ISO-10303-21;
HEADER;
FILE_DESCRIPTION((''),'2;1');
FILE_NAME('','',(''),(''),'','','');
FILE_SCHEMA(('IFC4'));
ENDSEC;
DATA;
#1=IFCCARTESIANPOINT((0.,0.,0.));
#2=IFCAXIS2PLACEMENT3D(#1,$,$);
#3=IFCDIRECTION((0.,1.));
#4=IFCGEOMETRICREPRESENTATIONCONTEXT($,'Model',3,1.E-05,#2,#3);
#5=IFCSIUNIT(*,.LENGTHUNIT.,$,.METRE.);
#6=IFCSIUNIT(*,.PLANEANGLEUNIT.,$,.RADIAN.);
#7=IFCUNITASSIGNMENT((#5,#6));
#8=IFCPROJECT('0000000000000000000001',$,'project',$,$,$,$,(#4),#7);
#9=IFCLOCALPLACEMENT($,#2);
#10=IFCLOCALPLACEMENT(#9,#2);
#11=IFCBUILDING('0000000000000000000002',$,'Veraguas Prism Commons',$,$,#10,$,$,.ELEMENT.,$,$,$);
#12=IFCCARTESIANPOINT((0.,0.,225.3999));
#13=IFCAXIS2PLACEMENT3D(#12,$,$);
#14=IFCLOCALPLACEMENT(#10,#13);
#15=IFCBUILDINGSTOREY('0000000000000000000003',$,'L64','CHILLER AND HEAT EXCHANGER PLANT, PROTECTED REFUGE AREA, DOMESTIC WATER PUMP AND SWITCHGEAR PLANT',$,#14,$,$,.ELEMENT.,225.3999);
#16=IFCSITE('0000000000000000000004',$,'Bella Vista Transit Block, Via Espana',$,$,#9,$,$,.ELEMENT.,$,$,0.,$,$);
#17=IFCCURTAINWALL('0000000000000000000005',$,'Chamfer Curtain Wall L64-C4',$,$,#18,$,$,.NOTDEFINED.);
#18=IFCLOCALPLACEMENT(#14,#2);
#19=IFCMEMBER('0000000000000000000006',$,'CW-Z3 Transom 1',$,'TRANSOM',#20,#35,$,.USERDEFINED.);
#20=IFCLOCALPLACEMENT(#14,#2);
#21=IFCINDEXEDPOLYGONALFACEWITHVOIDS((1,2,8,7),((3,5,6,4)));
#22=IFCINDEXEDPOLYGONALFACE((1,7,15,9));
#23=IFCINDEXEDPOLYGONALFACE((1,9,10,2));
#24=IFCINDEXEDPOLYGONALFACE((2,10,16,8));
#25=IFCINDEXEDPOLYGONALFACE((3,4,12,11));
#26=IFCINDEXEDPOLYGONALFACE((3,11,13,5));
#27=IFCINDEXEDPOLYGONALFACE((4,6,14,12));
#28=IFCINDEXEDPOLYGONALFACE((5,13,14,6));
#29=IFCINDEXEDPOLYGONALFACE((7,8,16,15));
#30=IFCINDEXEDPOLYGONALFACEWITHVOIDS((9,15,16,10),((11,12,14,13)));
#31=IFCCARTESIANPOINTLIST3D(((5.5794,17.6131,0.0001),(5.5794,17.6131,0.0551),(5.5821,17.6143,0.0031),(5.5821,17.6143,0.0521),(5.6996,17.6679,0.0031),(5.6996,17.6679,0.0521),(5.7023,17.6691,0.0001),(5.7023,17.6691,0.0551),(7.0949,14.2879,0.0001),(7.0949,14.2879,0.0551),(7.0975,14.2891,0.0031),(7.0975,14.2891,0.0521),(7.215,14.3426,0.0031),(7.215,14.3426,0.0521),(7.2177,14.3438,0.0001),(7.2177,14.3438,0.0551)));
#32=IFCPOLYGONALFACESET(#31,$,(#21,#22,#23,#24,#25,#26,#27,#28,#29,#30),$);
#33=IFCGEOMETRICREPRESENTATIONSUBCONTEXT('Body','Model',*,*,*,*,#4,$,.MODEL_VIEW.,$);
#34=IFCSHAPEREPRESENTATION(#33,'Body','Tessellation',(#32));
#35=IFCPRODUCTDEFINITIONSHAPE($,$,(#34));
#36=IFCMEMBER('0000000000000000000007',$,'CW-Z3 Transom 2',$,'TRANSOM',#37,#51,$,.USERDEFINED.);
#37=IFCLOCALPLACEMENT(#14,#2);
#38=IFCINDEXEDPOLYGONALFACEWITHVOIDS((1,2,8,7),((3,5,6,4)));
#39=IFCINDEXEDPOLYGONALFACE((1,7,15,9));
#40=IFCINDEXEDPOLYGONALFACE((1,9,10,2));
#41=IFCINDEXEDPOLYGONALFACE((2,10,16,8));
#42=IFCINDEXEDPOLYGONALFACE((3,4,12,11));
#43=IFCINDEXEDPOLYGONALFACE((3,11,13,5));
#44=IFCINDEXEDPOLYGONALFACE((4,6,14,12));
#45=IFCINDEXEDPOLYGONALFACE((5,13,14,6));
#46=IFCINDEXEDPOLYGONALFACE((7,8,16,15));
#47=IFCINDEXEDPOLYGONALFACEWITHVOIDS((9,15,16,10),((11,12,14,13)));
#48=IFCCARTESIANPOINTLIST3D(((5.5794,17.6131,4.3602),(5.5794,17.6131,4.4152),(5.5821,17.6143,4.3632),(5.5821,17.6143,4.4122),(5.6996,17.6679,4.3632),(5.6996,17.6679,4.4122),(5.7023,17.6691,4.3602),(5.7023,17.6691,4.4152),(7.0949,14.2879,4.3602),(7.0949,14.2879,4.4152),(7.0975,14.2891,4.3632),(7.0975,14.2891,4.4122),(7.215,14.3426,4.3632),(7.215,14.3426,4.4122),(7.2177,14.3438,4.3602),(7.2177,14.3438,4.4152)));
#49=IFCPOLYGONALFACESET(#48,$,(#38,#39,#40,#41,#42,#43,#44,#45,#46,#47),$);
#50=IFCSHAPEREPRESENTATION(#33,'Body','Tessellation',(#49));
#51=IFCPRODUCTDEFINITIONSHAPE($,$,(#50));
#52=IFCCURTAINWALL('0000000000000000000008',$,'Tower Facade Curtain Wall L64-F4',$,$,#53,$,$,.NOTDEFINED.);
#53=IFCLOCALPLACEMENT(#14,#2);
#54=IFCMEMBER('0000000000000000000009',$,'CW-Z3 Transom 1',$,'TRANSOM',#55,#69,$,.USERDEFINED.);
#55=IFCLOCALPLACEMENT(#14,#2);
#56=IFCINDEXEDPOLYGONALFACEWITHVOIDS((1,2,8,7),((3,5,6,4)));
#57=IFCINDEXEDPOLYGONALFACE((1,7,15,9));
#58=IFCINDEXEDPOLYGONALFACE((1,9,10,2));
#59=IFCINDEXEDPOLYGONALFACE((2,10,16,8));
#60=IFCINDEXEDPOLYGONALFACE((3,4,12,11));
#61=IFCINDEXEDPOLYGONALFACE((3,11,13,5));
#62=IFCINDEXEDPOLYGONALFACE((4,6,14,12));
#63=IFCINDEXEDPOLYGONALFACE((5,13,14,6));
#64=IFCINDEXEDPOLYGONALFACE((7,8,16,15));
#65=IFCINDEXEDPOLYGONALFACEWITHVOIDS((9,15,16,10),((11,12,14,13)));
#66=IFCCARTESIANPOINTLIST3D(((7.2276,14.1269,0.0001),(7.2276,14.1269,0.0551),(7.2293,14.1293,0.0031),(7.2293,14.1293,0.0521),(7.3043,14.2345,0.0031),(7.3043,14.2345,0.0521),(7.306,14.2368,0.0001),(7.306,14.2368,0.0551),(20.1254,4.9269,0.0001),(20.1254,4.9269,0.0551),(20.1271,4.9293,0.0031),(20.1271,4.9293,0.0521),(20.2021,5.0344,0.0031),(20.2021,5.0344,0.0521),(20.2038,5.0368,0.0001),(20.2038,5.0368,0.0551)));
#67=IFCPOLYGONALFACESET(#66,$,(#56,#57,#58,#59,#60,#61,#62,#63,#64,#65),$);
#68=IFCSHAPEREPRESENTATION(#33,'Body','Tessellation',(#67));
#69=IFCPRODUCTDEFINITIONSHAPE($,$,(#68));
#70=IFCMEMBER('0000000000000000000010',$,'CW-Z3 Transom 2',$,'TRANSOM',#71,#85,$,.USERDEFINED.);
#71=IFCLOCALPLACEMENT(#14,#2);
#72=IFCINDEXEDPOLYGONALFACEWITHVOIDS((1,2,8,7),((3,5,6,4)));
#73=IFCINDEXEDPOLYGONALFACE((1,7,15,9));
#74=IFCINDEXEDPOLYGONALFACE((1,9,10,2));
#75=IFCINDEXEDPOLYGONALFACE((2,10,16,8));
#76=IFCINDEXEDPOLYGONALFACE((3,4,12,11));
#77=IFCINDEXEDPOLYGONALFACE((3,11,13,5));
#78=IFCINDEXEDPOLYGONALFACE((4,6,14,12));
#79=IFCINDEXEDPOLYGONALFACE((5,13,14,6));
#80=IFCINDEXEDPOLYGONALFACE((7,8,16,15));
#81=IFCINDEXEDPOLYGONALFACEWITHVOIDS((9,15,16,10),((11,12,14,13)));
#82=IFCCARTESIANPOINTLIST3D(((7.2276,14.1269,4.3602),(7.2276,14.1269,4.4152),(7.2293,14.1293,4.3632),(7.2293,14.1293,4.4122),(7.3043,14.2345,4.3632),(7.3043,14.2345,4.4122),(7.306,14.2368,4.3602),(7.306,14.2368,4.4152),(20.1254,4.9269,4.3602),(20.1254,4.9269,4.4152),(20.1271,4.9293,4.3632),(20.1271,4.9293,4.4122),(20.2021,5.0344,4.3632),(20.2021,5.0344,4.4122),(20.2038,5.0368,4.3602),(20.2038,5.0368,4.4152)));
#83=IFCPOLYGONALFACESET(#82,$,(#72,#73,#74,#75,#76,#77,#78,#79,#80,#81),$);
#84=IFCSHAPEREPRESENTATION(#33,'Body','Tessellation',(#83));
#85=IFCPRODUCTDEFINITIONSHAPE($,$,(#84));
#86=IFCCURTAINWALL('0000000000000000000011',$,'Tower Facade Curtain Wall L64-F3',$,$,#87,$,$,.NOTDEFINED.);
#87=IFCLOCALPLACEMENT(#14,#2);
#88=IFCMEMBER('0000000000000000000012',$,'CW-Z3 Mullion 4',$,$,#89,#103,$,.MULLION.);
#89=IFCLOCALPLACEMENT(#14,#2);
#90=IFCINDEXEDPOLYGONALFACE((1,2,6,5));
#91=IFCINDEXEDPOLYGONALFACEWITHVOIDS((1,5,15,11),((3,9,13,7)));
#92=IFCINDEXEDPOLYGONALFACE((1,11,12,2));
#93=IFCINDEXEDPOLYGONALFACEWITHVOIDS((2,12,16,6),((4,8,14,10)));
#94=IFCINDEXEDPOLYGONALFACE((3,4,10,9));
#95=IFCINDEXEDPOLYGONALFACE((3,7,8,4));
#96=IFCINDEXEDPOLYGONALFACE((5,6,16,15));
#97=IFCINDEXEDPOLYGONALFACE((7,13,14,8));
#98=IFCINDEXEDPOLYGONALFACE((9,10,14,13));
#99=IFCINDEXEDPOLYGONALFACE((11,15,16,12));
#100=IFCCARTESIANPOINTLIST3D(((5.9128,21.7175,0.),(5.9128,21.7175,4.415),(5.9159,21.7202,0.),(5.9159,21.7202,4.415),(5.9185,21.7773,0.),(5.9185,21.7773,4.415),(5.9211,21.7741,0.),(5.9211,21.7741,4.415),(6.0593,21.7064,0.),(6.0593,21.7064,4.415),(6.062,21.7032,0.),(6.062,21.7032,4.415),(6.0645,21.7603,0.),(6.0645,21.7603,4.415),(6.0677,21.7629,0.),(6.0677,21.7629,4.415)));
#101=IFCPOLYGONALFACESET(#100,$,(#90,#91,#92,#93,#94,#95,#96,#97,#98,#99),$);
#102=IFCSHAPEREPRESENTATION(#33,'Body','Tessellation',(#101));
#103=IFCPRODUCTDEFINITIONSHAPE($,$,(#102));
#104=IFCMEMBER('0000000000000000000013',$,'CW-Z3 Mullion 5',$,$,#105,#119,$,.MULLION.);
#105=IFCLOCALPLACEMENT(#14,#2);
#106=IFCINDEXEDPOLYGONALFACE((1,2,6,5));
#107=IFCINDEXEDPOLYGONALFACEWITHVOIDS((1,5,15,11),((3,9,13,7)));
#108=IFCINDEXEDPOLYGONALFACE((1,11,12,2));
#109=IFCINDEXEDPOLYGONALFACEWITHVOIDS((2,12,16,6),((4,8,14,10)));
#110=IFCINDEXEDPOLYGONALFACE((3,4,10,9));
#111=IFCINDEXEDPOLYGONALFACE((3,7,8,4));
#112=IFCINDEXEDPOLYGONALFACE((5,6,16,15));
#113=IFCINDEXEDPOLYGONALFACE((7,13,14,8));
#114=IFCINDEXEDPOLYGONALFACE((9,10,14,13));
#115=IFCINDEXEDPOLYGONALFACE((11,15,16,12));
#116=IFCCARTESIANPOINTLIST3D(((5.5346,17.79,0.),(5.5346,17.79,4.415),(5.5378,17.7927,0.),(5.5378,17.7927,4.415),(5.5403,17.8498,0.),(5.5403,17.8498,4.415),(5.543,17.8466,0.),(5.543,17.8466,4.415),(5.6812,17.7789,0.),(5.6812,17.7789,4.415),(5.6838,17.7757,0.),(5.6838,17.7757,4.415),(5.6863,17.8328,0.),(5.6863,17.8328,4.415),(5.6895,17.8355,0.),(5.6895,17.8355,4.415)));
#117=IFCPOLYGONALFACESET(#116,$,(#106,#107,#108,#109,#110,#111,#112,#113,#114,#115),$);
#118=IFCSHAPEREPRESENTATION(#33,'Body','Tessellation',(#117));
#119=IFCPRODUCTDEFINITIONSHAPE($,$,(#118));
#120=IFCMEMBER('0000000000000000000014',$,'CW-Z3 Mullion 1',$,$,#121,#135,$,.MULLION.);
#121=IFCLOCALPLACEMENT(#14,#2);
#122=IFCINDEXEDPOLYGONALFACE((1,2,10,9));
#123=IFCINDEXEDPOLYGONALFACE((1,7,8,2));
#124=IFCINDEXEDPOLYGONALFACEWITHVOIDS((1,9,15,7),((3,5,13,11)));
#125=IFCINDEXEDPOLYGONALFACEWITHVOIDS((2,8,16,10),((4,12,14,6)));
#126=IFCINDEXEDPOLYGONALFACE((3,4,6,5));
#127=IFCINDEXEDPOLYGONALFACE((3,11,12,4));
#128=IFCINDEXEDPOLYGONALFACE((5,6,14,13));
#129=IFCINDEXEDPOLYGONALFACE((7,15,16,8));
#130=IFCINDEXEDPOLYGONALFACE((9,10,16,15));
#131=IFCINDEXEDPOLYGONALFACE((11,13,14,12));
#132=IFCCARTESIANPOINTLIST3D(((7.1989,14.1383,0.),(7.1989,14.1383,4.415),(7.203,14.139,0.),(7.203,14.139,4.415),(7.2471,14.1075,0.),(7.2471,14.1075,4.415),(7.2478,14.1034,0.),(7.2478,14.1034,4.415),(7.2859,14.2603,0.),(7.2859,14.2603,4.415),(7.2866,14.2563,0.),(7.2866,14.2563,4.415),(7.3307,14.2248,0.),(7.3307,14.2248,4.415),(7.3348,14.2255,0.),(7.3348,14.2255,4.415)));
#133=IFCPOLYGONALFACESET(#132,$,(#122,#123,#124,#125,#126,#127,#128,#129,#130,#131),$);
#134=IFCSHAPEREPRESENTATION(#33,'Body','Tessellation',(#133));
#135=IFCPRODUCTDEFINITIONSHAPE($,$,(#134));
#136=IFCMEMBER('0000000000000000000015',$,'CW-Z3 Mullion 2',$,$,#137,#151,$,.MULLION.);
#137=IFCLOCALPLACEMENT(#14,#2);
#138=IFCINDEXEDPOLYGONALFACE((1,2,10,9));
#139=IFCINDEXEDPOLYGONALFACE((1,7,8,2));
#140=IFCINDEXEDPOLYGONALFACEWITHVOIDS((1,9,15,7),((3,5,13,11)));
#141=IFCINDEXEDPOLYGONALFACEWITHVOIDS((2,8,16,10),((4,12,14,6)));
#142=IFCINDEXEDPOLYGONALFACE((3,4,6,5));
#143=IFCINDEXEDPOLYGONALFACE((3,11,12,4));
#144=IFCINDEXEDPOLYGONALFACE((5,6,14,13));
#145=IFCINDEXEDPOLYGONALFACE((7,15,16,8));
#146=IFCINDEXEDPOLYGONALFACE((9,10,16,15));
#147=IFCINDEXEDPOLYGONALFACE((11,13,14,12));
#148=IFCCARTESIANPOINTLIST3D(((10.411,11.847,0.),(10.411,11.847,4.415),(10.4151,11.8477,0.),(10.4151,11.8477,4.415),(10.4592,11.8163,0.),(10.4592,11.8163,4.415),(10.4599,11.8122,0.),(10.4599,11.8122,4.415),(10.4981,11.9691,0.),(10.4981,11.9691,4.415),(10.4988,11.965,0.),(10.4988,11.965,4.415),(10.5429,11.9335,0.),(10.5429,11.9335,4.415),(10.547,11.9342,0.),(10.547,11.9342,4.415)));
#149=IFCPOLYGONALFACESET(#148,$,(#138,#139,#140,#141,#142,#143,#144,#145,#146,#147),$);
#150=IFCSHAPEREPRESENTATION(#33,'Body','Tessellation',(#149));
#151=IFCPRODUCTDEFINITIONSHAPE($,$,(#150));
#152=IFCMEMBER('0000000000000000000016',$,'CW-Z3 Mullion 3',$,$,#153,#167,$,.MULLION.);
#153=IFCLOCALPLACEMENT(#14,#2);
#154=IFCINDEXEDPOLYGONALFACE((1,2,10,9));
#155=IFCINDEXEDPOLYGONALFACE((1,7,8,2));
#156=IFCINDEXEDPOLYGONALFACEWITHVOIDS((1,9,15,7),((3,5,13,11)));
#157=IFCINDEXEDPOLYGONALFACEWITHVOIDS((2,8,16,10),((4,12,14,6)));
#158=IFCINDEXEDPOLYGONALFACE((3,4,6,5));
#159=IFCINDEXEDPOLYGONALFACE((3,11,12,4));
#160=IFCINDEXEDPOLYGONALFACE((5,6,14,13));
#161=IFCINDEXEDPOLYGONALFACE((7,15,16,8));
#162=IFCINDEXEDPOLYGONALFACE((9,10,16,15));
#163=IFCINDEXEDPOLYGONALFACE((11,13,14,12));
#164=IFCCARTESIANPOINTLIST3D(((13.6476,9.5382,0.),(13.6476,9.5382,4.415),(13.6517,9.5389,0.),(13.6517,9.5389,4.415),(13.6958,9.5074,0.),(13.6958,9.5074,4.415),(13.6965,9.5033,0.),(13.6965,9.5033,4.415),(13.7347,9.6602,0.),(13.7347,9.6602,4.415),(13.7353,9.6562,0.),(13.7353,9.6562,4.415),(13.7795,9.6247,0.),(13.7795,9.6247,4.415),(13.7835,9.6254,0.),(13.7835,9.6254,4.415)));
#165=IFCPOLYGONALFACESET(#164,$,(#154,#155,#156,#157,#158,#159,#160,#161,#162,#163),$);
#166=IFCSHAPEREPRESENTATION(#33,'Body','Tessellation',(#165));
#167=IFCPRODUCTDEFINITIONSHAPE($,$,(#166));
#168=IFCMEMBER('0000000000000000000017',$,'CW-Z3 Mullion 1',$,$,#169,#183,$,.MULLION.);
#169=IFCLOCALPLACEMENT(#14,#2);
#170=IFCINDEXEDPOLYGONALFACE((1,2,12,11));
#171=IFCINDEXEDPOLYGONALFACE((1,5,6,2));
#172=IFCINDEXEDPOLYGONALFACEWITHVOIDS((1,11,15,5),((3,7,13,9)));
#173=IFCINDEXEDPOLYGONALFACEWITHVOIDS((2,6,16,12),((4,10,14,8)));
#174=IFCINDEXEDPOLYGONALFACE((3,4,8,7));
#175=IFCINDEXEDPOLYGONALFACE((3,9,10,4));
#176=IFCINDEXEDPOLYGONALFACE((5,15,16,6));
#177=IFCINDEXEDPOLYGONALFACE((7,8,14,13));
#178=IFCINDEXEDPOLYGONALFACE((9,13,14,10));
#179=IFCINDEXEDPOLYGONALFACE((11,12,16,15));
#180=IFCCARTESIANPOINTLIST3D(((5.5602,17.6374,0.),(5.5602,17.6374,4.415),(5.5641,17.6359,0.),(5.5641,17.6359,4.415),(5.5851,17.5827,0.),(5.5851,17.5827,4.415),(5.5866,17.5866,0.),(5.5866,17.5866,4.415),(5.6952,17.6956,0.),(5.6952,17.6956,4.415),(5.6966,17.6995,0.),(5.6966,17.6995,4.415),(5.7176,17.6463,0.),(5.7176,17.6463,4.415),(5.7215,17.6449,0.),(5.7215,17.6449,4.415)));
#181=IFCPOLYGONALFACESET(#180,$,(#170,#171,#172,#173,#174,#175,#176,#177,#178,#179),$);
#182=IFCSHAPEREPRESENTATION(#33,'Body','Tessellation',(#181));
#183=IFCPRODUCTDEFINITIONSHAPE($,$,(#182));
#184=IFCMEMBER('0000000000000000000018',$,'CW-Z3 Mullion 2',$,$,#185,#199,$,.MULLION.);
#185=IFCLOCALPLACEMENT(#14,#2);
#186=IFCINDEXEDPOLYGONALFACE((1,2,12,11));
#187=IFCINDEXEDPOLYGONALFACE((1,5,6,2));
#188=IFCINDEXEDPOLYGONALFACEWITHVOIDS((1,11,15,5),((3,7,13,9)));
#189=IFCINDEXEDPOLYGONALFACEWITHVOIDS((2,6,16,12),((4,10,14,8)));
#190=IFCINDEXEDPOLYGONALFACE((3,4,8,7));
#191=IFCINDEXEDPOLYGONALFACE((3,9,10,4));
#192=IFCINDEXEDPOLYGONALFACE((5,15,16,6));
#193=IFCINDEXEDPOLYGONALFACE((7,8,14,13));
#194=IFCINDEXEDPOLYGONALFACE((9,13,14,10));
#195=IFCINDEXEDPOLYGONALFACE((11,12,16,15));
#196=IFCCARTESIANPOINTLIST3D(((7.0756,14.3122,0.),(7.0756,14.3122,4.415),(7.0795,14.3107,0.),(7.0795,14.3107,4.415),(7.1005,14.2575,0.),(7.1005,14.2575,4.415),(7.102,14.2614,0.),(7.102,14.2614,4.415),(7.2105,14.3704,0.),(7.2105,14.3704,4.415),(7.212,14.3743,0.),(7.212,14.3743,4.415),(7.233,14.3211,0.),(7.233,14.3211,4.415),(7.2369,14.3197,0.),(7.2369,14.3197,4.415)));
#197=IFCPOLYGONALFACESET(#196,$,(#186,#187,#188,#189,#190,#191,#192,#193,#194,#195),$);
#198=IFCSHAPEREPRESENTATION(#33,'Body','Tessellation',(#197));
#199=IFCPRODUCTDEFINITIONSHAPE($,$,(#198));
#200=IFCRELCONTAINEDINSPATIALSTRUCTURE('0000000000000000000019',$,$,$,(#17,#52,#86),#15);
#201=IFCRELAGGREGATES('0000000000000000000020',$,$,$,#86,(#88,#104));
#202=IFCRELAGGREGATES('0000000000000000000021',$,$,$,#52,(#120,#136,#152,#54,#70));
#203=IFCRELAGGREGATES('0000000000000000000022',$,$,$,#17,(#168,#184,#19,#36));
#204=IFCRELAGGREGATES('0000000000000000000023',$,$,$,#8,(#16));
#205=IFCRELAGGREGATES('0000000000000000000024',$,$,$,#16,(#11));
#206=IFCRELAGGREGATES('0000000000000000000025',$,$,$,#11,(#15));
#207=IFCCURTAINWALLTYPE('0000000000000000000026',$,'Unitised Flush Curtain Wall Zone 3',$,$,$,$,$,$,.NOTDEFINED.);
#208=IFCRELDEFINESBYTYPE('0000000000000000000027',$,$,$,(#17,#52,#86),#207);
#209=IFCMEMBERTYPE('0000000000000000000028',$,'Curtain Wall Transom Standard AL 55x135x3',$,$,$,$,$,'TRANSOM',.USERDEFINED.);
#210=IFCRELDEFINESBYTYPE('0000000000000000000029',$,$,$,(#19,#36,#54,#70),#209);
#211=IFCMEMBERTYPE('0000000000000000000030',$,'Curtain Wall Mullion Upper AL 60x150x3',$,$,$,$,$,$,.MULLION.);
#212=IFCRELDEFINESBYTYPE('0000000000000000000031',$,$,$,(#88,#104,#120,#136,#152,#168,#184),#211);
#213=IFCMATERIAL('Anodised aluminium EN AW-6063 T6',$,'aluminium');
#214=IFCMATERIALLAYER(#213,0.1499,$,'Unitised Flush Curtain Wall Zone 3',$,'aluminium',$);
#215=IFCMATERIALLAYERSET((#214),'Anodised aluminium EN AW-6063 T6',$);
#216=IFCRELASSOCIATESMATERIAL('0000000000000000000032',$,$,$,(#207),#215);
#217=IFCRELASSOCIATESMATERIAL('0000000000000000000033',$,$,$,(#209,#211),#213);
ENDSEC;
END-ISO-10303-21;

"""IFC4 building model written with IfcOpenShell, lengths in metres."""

from ifc_helpers import new_model, si_unit, direction, frame, origin, origin_2d, place, context, subcontext, project, spatial, hollow_rectangle, extrude, source, transform, mapped, material, layer, layer_set, material_profile, profile_set, type_object, element, aggregate, save


model = new_model("IFC4")

# Units and contexts
model_context = context("Model", 3, precision=1e-05, world=origin(), true_north=direction((0.0, 1.0)))
body_context = subcontext(model_context, "Body", "Model", "MODEL_VIEW")
ifc_project = project(units=[si_unit("LENGTHUNIT", "METRE"), si_unit("PLANEANGLEUNIT", "RADIAN")], contexts=[model_context])

# Site, building, storey
site_placement = place(None, origin())
site = spatial("IfcSite", under=ifc_project, at=site_placement, Name="Bella Vista Transit Block, Via Espana", CompositionType="ELEMENT", RefElevation=0.0)
building_placement = place(site_placement, origin())
building = spatial("IfcBuilding", under=site, at=building_placement, Name="Veraguas Prism Commons", CompositionType="ELEMENT")
storey_placement = place(building_placement, frame((0.0, 0.0, 225.3999)))
storey = spatial("IfcBuildingStorey", under=building, at=storey_placement, Name="L64", Description="CHILLER AND HEAT EXCHANGER PLANT, PROTECTED REFUGE AREA, DOMESTIC WATER PUMP AND SWITCHGEAR PLANT", CompositionType="ELEMENT", Elevation=225.3999)

# Curtain walls, members
ifc_material_1 = material(Name="Anodised aluminium EN AW-6063 T6", Category="aluminium")
ifc_layer_1 = layer(ifc_material_1, 0.1499, Name="Unitised Flush Curtain Wall Zone 3", Category="aluminium")
ifc_layer_set_1 = layer_set([ifc_layer_1], Name="Anodised aluminium EN AW-6063 T6")
curtain_wall_type = type_object("IfcCurtainWallType", Name="Unitised Flush Curtain Wall Zone 3", PredefinedType="NOTDEFINED", material=ifc_layer_set_1)
curtain_wall_1_placement = place(storey_placement, origin())
curtain_wall_1 = element("IfcCurtainWall", 1, at=curtain_wall_1_placement, inside=storey, type_object=curtain_wall_type, Name="Chamfer Curtain Wall L64-C4", PredefinedType="NOTDEFINED")
ifc_material_profile_1 = material_profile(ifc_material_1, hollow_rectangle(XDim=0.0549, YDim=0.135, WallThickness=0.0029, at=origin_2d()), Name="AL55X135X3")
ifc_profile_set_1 = profile_set([ifc_material_profile_1], Name="Anodised aluminium EN AW-6063 T6")
member_type_1 = type_object("IfcMemberType", Name="Curtain Wall Transom Standard AL 55x135x3", ElementType="TRANSOM", PredefinedType="USERDEFINED", material=ifc_profile_set_1)
shared_shape_1 = source(origin(), body_context, "Body", "SweptSolid", [
    extrude(hollow_rectangle(XDim=0.0549, YDim=0.135, WallThickness=0.0029, at=origin_2d()), origin(), (0.0, 0.0, 1.0), 3.6543),
])
member_1_placement = place(storey_placement, frame((5.6409, 17.6411, 0.0276), z_axis=(0.414694, -0.909961, 0.0), x_axis=(0.0, 0.0, 1.0)))
member_1 = element("IfcMember", 2, at=member_1_placement, type_object=member_type_1, Name="CW-Z3 Transom 1", ObjectType="TRANSOM", PredefinedType="USERDEFINED", context=body_context, shape_type="MappedRepresentation", body=[
    mapped(shared_shape_1, transform((0.0, 0.0, 0.0), scale=1.0)),
])
member_2_placement = place(storey_placement, frame((5.6409, 17.6411, 4.3877), z_axis=(0.414694, -0.909961, 0.0), x_axis=(0.0, 0.0, 1.0)))
member_2 = element("IfcMember", 3, at=member_2_placement, type_object=member_type_1, Name="CW-Z3 Transom 2", ObjectType="TRANSOM", PredefinedType="USERDEFINED", context=body_context, shape_type="MappedRepresentation", body=[
    mapped(shared_shape_1, transform((0.0, 0.0, 0.0), scale=1.0)),
])
curtain_wall_2_placement = place(storey_placement, origin())
curtain_wall_2 = element("IfcCurtainWall", 4, at=curtain_wall_2_placement, inside=storey, type_object=curtain_wall_type, Name="Tower Facade Curtain Wall L64-F4", PredefinedType="NOTDEFINED")
shared_shape_2 = source(origin(), body_context, "Body", "SweptSolid", [
    extrude(hollow_rectangle(XDim=0.0549, YDim=0.135, WallThickness=0.0029, at=origin_2d()), origin(), (0.0, 0.0, 1.0), 15.8428),
])
member_3_placement = place(storey_placement, frame((7.2668, 14.1819, 0.0276), z_axis=(0.814112, -0.580707, 0.0), x_axis=(0.0, 0.0, 1.0)))
member_3 = element("IfcMember", 5, at=member_3_placement, type_object=member_type_1, Name="CW-Z3 Transom 1", ObjectType="TRANSOM", PredefinedType="USERDEFINED", context=body_context, shape_type="MappedRepresentation", body=[
    mapped(shared_shape_2, transform((0.0, 0.0, 0.0), scale=1.0)),
])
member_4_placement = place(storey_placement, frame((7.2668, 14.1819, 4.3877), z_axis=(0.814112, -0.580707, 0.0), x_axis=(0.0, 0.0, 1.0)))
member_4 = element("IfcMember", 6, at=member_4_placement, type_object=member_type_1, Name="CW-Z3 Transom 2", ObjectType="TRANSOM", PredefinedType="USERDEFINED", context=body_context, shape_type="MappedRepresentation", body=[
    mapped(shared_shape_2, transform((0.0, 0.0, 0.0), scale=1.0)),
])
curtain_wall_3_placement = place(storey_placement, origin())
curtain_wall_3 = element("IfcCurtainWall", 7, at=curtain_wall_3_placement, inside=storey, type_object=curtain_wall_type, Name="Tower Facade Curtain Wall L64-F3", PredefinedType="NOTDEFINED")
ifc_material_profile_2 = material_profile(ifc_material_1, hollow_rectangle(XDim=0.0601, YDim=0.1499, WallThickness=0.0029, at=origin_2d()), Name="AL60X150X3")
ifc_profile_set_2 = profile_set([ifc_material_profile_2], Name="Anodised aluminium EN AW-6063 T6")
member_type_2 = type_object("IfcMemberType", Name="Curtain Wall Mullion Upper AL 60x150x3", PredefinedType="MULLION", material=ifc_profile_set_2)
shared_shape_3 = source(origin(), body_context, "Body", "SweptSolid", [
    extrude(hollow_rectangle(XDim=0.0601, YDim=0.1499, WallThickness=0.0029, at=origin_2d()), origin(), (0.0, 0.0, 1.0), 4.415),
])
member_5_placement = place(storey_placement, frame((5.9902, 21.7402, 0.0), z_axis=(0.0, 0.0, 1.0), x_axis=(-0.095841, -0.995397, 0.0)))
member_5 = element("IfcMember", 8, at=member_5_placement, type_object=member_type_2, Name="CW-Z3 Mullion 4", PredefinedType="MULLION", context=body_context, shape_type="MappedRepresentation", body=[
    mapped(shared_shape_3, transform((0.0, 0.0, 0.0), scale=1.0)),
])
member_6_placement = place(storey_placement, frame((5.6121, 17.8127, 0.0), z_axis=(0.0, 0.0, 1.0), x_axis=(-0.095841, -0.995397, 0.0)))
member_6 = element("IfcMember", 9, at=member_6_placement, type_object=member_type_2, Name="CW-Z3 Mullion 5", PredefinedType="MULLION", context=body_context, shape_type="MappedRepresentation", body=[
    mapped(shared_shape_3, transform((0.0, 0.0, 0.0), scale=1.0)),
])

# Members
member_7_placement = place(storey_placement, frame((7.2668, 14.1819, 0.0), z_axis=(0.0, 0.0, 1.0), x_axis=(0.814113, -0.580706, 0.0)))
member_7 = element("IfcMember", 10, at=member_7_placement, type_object=member_type_2, Name="CW-Z3 Mullion 1", PredefinedType="MULLION", context=body_context, shape_type="MappedRepresentation", body=[
    mapped(shared_shape_3, transform((0.0, 0.0, 0.0), scale=1.0)),
])
member_8_placement = place(storey_placement, frame((10.479, 11.8906, 0.0), z_axis=(0.0, 0.0, 1.0), x_axis=(0.814113, -0.580706, 0.0)))
member_8 = element("IfcMember", 11, at=member_8_placement, type_object=member_type_2, Name="CW-Z3 Mullion 2", PredefinedType="MULLION", context=body_context, shape_type="MappedRepresentation", body=[
    mapped(shared_shape_3, transform((0.0, 0.0, 0.0), scale=1.0)),
])
member_9_placement = place(storey_placement, frame((13.7156, 9.5818, 0.0), z_axis=(0.0, 0.0, 1.0), x_axis=(0.814113, -0.580706, 0.0)))
member_9 = element("IfcMember", 12, at=member_9_placement, type_object=member_type_2, Name="CW-Z3 Mullion 3", PredefinedType="MULLION", context=body_context, shape_type="MappedRepresentation", body=[
    mapped(shared_shape_3, transform((0.0, 0.0, 0.0), scale=1.0)),
])
member_10_placement = place(storey_placement, frame((5.6409, 17.6411, 0.0), z_axis=(0.0, 0.0, 1.0), x_axis=(0.414692, -0.909962, 0.0)))
member_10 = element("IfcMember", 13, at=member_10_placement, type_object=member_type_2, Name="CW-Z3 Mullion 1", PredefinedType="MULLION", context=body_context, shape_type="MappedRepresentation", body=[
    mapped(shared_shape_3, transform((0.0, 0.0, 0.0), scale=1.0)),
])
member_11_placement = place(storey_placement, frame((7.1562, 14.3159, 0.0), z_axis=(0.0, 0.0, 1.0), x_axis=(0.414692, -0.909962, 0.0)))
member_11 = element("IfcMember", 14, at=member_11_placement, type_object=member_type_2, Name="CW-Z3 Mullion 2", PredefinedType="MULLION", context=body_context, shape_type="MappedRepresentation", body=[
    mapped(shared_shape_3, transform((0.0, 0.0, 0.0), scale=1.0)),
])

aggregate(curtain_wall_3, [member_5, member_6])
aggregate(curtain_wall_2, [member_7, member_8, member_9, member_3, member_4])
aggregate(curtain_wall_1, [member_10, member_11, member_1, member_2])

save(model, "model.ifc")
